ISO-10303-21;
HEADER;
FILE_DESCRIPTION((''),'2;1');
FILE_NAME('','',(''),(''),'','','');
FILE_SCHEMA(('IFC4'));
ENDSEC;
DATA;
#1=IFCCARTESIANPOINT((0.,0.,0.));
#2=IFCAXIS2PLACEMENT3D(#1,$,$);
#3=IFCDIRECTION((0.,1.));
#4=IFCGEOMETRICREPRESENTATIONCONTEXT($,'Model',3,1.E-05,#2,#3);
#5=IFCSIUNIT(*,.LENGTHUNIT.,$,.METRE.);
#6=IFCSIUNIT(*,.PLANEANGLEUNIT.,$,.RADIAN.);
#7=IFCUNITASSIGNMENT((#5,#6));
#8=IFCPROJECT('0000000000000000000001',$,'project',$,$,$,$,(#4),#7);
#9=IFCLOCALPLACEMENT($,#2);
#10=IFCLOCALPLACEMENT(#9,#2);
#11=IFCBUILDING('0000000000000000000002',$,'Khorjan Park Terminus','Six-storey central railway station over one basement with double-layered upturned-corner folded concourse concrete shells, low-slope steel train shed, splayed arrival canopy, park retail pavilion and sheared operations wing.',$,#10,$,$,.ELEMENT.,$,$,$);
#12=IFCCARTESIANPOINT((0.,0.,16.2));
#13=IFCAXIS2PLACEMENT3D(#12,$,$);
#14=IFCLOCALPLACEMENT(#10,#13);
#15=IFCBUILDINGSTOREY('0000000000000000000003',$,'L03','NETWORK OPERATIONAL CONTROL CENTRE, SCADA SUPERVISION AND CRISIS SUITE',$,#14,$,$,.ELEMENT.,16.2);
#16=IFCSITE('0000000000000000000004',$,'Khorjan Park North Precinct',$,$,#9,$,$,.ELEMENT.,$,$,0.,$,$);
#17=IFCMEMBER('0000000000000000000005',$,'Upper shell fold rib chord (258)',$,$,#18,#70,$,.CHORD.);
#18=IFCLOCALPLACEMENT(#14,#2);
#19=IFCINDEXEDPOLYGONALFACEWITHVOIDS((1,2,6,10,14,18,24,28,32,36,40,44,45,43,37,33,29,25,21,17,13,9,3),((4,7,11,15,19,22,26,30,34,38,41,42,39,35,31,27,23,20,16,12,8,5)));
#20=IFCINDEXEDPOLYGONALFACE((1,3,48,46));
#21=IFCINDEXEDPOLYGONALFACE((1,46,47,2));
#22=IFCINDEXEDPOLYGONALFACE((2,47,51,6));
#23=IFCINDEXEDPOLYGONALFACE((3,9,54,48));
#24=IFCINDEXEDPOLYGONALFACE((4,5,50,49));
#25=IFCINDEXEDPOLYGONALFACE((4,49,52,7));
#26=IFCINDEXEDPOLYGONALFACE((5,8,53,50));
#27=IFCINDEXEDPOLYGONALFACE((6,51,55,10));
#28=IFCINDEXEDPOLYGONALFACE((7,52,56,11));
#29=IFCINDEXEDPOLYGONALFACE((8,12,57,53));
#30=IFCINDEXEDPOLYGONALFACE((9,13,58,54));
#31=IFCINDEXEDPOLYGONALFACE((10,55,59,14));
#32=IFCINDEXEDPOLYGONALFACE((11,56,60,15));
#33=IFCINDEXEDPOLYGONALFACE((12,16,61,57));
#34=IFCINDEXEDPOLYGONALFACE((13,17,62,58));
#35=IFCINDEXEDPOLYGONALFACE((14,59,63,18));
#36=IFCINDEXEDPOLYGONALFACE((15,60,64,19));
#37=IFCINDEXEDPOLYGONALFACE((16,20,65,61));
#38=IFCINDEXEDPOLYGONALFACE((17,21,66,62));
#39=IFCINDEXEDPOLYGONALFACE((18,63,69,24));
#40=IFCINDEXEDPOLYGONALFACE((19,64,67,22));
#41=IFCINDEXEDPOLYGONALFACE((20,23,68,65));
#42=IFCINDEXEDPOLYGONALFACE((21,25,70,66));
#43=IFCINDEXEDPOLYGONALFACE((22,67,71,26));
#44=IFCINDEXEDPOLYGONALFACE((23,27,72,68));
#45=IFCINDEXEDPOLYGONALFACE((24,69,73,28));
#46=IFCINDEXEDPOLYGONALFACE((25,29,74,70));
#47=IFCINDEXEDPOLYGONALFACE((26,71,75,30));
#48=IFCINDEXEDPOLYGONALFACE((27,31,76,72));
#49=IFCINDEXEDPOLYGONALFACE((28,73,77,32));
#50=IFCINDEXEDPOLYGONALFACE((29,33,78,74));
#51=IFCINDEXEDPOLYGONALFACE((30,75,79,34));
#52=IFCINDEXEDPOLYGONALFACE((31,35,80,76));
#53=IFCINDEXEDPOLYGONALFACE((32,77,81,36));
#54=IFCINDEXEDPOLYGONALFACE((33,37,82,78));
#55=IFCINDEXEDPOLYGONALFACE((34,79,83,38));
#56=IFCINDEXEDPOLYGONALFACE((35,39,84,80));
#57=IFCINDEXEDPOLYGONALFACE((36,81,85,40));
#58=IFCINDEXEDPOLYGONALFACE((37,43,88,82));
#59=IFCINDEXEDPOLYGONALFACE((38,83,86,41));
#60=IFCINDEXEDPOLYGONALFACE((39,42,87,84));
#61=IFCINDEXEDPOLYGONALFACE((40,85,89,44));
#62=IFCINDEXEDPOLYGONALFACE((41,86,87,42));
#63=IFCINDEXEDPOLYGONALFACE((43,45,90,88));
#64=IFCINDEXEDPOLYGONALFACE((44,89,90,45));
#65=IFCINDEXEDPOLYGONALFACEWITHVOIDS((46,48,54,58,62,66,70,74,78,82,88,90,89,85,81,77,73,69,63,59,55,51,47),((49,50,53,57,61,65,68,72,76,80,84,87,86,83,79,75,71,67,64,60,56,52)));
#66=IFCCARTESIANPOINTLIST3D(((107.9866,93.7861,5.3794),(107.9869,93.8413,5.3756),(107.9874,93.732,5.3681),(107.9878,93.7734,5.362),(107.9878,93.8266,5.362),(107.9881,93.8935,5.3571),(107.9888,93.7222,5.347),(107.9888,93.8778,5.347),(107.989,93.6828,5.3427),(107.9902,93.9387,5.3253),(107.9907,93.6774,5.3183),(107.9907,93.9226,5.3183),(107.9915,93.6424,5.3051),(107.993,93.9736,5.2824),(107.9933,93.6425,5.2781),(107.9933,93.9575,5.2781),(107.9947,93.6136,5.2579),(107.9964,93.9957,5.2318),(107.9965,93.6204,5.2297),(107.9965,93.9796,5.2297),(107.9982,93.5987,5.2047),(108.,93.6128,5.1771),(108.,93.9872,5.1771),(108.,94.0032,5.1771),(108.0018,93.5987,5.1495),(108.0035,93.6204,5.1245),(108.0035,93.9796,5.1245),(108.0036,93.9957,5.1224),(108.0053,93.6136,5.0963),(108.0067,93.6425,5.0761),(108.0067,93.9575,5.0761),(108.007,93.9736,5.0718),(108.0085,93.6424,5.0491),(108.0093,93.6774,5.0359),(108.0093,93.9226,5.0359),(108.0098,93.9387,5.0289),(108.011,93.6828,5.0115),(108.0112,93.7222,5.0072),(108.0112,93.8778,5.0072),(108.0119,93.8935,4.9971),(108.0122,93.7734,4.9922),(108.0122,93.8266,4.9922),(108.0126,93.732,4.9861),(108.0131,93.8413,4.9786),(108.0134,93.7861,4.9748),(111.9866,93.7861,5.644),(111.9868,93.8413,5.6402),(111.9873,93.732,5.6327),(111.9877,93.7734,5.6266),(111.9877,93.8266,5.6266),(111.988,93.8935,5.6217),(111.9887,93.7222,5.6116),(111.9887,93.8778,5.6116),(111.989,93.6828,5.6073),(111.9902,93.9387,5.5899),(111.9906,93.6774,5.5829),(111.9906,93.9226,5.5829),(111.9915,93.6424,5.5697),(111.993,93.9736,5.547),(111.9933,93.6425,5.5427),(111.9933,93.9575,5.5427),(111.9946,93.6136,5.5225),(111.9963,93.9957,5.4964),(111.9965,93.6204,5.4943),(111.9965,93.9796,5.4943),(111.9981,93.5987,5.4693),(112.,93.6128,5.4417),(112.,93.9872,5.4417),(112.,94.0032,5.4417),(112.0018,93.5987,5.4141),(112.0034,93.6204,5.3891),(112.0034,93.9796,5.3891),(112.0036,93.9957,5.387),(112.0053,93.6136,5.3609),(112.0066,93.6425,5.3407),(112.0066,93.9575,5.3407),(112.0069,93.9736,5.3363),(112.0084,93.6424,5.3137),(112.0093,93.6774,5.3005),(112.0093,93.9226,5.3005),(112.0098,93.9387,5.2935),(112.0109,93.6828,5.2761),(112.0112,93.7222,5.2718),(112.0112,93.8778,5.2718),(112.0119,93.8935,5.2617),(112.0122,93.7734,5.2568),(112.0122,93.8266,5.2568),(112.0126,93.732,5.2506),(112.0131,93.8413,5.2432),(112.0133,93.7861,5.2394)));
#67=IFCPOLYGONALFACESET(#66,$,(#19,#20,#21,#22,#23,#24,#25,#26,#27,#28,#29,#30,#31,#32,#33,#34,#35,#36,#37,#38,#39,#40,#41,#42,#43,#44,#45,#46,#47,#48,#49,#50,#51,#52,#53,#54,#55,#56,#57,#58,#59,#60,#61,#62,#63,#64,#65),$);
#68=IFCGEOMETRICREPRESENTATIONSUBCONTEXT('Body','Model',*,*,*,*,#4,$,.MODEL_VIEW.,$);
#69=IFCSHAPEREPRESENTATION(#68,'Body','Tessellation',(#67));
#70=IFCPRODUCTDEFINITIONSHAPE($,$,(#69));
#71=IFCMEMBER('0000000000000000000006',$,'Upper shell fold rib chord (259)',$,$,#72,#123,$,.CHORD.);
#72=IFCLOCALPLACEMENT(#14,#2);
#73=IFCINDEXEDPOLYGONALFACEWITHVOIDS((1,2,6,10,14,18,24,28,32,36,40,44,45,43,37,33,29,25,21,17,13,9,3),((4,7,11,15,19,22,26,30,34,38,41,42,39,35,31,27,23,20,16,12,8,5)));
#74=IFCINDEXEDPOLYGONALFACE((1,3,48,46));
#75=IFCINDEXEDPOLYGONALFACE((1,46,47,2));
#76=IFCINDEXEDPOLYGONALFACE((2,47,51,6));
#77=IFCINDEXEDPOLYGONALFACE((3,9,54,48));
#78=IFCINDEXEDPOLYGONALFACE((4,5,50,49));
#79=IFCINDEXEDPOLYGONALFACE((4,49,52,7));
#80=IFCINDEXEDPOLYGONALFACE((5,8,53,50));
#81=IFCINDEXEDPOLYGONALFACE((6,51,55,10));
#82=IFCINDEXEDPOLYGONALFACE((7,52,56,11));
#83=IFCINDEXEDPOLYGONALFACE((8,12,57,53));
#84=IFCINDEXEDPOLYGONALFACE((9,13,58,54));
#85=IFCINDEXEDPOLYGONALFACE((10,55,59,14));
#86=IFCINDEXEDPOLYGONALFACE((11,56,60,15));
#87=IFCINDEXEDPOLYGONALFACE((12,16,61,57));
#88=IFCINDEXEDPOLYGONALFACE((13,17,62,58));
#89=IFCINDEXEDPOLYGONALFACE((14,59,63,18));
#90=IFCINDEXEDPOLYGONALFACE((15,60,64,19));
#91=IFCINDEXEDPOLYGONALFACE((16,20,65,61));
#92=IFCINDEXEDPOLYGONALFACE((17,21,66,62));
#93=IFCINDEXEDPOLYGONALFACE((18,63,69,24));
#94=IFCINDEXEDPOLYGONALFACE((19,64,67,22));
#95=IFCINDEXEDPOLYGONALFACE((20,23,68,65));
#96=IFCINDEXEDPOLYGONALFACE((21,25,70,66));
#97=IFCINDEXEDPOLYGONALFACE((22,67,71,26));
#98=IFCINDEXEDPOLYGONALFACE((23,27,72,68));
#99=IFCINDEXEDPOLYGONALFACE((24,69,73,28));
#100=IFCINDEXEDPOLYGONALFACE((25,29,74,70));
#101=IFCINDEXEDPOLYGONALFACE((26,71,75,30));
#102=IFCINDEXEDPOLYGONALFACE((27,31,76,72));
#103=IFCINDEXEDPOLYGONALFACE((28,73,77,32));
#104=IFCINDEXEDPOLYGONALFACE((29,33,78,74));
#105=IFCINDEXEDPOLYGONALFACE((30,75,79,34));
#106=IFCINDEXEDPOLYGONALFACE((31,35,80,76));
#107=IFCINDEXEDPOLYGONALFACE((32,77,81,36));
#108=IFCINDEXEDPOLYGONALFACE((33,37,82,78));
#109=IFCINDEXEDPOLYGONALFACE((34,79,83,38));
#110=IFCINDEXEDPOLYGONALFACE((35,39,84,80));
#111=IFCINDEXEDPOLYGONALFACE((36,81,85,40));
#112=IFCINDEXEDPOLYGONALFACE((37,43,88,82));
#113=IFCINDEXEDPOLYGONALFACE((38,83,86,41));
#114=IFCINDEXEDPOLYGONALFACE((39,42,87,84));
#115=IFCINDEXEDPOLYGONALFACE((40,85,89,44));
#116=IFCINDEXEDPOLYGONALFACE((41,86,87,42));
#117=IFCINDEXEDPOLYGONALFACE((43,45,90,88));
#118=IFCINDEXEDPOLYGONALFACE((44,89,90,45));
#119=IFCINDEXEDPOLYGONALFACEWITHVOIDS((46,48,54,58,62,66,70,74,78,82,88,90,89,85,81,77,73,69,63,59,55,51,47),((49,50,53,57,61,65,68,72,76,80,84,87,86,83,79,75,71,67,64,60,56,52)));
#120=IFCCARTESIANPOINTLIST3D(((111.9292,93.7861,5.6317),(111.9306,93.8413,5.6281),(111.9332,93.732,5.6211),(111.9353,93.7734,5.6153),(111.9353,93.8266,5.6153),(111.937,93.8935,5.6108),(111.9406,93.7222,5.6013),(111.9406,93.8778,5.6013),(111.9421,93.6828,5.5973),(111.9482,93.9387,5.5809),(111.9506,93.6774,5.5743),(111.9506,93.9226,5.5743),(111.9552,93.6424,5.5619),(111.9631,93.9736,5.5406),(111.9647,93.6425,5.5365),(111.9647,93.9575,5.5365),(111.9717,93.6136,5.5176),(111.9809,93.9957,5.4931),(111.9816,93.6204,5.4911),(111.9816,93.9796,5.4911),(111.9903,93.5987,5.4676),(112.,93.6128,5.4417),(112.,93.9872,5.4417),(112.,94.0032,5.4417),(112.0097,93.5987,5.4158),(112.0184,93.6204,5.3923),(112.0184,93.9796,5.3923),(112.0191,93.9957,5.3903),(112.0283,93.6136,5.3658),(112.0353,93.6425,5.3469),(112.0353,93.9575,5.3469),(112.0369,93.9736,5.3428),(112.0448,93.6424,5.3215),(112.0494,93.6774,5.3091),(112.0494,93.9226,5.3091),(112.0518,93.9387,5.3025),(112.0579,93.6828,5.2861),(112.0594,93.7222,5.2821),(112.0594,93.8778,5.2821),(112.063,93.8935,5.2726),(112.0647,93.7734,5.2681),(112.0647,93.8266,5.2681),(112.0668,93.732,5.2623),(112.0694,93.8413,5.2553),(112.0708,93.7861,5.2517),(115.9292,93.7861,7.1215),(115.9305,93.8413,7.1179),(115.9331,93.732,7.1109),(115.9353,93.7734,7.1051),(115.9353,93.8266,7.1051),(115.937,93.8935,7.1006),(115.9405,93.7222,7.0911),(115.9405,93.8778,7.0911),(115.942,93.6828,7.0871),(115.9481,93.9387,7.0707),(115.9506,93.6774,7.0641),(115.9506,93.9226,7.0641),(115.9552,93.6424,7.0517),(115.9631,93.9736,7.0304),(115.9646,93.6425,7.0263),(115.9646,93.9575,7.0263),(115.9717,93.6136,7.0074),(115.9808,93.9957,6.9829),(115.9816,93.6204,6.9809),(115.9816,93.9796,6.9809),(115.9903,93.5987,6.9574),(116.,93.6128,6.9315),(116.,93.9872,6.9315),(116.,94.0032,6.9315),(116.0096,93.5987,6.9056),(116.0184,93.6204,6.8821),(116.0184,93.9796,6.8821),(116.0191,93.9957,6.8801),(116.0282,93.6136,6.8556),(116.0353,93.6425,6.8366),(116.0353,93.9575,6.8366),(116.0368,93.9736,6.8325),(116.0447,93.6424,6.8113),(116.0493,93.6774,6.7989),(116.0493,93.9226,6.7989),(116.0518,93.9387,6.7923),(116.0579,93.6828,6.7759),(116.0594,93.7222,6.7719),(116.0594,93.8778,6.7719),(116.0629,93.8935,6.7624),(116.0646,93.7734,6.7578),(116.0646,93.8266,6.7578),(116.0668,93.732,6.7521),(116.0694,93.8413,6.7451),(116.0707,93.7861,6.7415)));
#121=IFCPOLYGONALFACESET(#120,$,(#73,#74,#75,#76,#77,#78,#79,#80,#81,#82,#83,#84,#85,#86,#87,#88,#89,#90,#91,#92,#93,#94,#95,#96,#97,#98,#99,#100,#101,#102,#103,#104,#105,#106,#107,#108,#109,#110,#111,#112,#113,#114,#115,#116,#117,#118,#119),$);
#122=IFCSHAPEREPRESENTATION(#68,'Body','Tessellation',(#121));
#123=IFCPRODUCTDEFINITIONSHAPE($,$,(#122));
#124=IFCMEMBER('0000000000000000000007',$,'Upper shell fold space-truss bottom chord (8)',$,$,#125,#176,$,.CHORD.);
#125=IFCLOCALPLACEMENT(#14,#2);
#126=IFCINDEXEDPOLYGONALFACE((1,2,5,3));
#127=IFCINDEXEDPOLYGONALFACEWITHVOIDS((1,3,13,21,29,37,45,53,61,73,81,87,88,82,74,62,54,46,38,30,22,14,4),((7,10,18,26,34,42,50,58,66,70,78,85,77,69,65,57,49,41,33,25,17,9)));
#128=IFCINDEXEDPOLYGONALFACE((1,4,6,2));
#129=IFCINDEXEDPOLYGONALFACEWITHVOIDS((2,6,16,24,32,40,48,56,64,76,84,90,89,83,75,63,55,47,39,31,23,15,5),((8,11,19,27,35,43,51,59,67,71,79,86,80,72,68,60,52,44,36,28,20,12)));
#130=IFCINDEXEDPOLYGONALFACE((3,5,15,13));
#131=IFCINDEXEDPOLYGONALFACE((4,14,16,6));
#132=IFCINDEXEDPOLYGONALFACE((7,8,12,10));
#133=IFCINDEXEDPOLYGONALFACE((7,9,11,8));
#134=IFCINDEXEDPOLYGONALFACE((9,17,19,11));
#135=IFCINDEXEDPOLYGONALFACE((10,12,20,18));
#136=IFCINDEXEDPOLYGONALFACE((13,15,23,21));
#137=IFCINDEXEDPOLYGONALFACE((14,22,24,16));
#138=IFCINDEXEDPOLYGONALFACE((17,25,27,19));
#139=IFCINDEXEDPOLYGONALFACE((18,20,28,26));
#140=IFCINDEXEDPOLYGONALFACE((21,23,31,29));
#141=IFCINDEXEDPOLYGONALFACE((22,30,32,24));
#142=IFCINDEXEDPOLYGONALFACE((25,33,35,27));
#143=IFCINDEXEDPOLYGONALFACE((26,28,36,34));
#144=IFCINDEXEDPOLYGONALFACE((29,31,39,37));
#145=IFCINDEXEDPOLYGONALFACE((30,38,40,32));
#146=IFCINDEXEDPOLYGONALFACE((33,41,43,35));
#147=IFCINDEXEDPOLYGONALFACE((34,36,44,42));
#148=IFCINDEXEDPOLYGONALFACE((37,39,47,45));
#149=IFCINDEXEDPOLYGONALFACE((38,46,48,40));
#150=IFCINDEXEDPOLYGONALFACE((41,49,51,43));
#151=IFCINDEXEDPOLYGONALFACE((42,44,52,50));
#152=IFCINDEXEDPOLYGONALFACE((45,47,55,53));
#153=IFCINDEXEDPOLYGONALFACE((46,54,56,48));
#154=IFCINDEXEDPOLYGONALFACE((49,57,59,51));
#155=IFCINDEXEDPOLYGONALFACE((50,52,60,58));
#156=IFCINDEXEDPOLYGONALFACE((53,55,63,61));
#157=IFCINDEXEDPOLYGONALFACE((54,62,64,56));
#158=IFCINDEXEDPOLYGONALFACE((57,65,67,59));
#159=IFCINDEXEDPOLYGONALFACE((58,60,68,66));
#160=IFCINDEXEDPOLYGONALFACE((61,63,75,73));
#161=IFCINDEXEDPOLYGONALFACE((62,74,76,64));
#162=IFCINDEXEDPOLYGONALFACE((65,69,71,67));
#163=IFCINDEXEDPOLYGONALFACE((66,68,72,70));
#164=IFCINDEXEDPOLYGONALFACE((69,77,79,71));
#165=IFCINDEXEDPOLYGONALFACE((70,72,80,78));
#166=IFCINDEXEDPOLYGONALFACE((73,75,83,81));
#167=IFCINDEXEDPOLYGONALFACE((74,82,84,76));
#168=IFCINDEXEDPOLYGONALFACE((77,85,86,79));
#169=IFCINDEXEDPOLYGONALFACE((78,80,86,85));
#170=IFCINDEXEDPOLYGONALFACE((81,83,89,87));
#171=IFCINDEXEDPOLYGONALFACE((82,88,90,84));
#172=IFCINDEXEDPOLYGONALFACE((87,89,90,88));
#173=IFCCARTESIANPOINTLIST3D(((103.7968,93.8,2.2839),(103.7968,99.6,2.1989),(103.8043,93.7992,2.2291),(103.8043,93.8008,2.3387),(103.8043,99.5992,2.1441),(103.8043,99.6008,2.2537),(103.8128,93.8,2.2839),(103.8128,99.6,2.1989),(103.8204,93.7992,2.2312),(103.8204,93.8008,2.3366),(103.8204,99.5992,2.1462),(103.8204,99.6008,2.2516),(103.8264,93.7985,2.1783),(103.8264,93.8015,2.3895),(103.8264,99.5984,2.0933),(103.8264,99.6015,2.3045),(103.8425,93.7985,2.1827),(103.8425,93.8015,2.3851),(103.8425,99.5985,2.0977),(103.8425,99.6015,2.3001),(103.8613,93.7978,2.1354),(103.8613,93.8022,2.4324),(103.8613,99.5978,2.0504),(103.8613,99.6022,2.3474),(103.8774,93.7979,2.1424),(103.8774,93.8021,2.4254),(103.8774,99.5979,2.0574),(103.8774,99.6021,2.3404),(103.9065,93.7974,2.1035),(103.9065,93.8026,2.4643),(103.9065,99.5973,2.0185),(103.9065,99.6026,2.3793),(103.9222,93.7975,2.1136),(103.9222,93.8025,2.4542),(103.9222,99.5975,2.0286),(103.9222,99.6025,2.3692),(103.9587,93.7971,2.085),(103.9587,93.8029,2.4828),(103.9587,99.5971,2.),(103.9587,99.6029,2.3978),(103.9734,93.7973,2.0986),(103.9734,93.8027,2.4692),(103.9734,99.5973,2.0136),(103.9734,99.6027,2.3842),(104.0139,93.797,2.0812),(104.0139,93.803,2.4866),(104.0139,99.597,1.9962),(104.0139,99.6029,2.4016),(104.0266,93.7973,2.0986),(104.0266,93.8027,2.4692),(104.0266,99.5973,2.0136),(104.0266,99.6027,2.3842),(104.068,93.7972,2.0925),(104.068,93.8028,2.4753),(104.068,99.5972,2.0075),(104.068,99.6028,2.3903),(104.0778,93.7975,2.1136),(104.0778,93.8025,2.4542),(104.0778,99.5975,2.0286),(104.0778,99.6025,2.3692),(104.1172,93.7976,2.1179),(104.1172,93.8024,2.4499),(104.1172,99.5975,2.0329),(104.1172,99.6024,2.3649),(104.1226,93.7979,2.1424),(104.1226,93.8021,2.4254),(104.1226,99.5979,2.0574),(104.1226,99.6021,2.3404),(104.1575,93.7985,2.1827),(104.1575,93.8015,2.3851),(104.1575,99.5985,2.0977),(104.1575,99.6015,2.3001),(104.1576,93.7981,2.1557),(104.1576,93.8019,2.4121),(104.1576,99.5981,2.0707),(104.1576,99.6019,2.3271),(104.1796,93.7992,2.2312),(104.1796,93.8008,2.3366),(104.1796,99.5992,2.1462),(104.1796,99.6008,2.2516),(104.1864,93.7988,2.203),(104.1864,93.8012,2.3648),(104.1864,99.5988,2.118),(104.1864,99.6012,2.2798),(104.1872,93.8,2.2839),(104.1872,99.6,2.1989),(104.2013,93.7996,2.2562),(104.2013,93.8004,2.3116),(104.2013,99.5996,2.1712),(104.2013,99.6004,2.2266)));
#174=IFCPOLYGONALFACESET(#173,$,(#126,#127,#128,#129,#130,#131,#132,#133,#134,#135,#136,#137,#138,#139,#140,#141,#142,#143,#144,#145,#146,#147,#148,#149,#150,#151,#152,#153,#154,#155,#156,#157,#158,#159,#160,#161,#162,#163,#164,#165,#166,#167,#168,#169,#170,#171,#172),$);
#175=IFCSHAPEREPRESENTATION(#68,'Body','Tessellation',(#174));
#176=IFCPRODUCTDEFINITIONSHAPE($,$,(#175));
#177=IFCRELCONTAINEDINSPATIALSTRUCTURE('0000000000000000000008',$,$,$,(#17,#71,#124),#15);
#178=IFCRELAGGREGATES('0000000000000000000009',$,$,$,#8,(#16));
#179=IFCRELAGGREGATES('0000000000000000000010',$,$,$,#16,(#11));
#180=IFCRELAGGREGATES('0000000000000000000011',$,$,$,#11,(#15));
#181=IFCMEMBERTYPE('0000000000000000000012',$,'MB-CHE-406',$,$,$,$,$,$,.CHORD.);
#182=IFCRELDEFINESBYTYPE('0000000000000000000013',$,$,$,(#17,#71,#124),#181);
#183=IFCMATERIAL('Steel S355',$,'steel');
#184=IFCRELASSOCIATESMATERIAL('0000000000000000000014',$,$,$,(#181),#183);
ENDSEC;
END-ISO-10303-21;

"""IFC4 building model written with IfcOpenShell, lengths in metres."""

from ifc_helpers import new_model, si_unit, direction, frame, origin, origin_2d, place, context, subcontext, project, spatial, hollow_circle, extrude, material, material_profile, profile_set, type_object, element, save


model = new_model("IFC4")

# Units and contexts
model_context = context("Model", 3, precision=1e-05, world=origin(), true_north=direction((0.0, 1.0)))
body_context = subcontext(model_context, "Body", "Model", "MODEL_VIEW")
ifc_project = project(units=[si_unit("LENGTHUNIT", "METRE"), si_unit("PLANEANGLEUNIT", "RADIAN")], contexts=[model_context])

# Site, building, storey
site_placement = place(None, origin())
site = spatial("IfcSite", under=ifc_project, at=site_placement, Name="Khorjan Park North Precinct", CompositionType="ELEMENT", RefElevation=0.0)
building_placement = place(site_placement, origin())
building = spatial("IfcBuilding", under=site, at=building_placement, Name="Khorjan Park Terminus", Description="Six-storey central railway station over one basement with double-layered upturned-corner folded concourse concrete shells, low-slope steel train shed, splayed arrival canopy, park retail pavilion and sheared operations wing.", CompositionType="ELEMENT")
storey_placement = place(building_placement, frame((0.0, 0.0, 16.2)))
storey = spatial("IfcBuildingStorey", under=building, at=storey_placement, Name="L03", Description="NETWORK OPERATIONAL CONTROL CENTRE, SCADA SUPERVISION AND CRISIS SUITE", CompositionType="ELEMENT", Elevation=16.2)

# Members
ifc_material_1 = material(Name="Steel S355", Category="steel")
ifc_material_profile_1 = material_profile(ifc_material_1, hollow_circle(Radius=0.2032, WallThickness=0.016, at=origin_2d()), Name="CHS 406.4x16")
ifc_profile_set_1 = profile_set([ifc_material_profile_1], Name="Steel S355")
member_type_1 = type_object("IfcMemberType", Name="MB-CHE-406", PredefinedType="CHORD", material=ifc_profile_set_1)
member_1_placement = place(storey_placement, frame((108.0, 93.8, 5.1771), z_axis=(0.997819, 0.0, 0.066006), x_axis=(0.0, 1.0, 0.0)))
element("IfcMember", 1, at=member_1_placement, inside=storey, type_object=member_type_1, Name="Upper shell fold rib chord (258)", PredefinedType="CHORD", context=body_context, shape_type="SweptSolid", body=[
    extrude(hollow_circle(Radius=0.2032, WallThickness=0.016, at=origin_2d()), origin(), (0.0, 0.0, 1.0), 4.0087),
])
member_2_placement = place(storey_placement, frame((112.0, 93.8, 5.4417), z_axis=(0.937112, 0.0, 0.349028), x_axis=(0.0, 1.0, 0.0)))
element("IfcMember", 2, at=member_2_placement, inside=storey, type_object=member_type_1, Name="Upper shell fold rib chord (259)", PredefinedType="CHORD", context=body_context, shape_type="SweptSolid", body=[
    extrude(hollow_circle(Radius=0.2032, WallThickness=0.016, at=origin_2d()), origin(), (0.0, 0.0, 1.0), 4.2684),
])
member_3_placement = place(storey_placement, frame((104.0, 93.8, 2.2839), z_axis=(0.0, 0.999893, -0.014654), x_axis=(-1.0, 0.0, 0.0)))
element("IfcMember", 3, at=member_3_placement, inside=storey, type_object=member_type_1, Name="Upper shell fold space-truss bottom chord (8)", PredefinedType="CHORD", context=body_context, shape_type="SweptSolid", body=[
    extrude(hollow_circle(Radius=0.2032, WallThickness=0.016, at=origin_2d()), origin(), (0.0, 0.0, 1.0), 5.8006),
])

save(model, "model.ifc")
